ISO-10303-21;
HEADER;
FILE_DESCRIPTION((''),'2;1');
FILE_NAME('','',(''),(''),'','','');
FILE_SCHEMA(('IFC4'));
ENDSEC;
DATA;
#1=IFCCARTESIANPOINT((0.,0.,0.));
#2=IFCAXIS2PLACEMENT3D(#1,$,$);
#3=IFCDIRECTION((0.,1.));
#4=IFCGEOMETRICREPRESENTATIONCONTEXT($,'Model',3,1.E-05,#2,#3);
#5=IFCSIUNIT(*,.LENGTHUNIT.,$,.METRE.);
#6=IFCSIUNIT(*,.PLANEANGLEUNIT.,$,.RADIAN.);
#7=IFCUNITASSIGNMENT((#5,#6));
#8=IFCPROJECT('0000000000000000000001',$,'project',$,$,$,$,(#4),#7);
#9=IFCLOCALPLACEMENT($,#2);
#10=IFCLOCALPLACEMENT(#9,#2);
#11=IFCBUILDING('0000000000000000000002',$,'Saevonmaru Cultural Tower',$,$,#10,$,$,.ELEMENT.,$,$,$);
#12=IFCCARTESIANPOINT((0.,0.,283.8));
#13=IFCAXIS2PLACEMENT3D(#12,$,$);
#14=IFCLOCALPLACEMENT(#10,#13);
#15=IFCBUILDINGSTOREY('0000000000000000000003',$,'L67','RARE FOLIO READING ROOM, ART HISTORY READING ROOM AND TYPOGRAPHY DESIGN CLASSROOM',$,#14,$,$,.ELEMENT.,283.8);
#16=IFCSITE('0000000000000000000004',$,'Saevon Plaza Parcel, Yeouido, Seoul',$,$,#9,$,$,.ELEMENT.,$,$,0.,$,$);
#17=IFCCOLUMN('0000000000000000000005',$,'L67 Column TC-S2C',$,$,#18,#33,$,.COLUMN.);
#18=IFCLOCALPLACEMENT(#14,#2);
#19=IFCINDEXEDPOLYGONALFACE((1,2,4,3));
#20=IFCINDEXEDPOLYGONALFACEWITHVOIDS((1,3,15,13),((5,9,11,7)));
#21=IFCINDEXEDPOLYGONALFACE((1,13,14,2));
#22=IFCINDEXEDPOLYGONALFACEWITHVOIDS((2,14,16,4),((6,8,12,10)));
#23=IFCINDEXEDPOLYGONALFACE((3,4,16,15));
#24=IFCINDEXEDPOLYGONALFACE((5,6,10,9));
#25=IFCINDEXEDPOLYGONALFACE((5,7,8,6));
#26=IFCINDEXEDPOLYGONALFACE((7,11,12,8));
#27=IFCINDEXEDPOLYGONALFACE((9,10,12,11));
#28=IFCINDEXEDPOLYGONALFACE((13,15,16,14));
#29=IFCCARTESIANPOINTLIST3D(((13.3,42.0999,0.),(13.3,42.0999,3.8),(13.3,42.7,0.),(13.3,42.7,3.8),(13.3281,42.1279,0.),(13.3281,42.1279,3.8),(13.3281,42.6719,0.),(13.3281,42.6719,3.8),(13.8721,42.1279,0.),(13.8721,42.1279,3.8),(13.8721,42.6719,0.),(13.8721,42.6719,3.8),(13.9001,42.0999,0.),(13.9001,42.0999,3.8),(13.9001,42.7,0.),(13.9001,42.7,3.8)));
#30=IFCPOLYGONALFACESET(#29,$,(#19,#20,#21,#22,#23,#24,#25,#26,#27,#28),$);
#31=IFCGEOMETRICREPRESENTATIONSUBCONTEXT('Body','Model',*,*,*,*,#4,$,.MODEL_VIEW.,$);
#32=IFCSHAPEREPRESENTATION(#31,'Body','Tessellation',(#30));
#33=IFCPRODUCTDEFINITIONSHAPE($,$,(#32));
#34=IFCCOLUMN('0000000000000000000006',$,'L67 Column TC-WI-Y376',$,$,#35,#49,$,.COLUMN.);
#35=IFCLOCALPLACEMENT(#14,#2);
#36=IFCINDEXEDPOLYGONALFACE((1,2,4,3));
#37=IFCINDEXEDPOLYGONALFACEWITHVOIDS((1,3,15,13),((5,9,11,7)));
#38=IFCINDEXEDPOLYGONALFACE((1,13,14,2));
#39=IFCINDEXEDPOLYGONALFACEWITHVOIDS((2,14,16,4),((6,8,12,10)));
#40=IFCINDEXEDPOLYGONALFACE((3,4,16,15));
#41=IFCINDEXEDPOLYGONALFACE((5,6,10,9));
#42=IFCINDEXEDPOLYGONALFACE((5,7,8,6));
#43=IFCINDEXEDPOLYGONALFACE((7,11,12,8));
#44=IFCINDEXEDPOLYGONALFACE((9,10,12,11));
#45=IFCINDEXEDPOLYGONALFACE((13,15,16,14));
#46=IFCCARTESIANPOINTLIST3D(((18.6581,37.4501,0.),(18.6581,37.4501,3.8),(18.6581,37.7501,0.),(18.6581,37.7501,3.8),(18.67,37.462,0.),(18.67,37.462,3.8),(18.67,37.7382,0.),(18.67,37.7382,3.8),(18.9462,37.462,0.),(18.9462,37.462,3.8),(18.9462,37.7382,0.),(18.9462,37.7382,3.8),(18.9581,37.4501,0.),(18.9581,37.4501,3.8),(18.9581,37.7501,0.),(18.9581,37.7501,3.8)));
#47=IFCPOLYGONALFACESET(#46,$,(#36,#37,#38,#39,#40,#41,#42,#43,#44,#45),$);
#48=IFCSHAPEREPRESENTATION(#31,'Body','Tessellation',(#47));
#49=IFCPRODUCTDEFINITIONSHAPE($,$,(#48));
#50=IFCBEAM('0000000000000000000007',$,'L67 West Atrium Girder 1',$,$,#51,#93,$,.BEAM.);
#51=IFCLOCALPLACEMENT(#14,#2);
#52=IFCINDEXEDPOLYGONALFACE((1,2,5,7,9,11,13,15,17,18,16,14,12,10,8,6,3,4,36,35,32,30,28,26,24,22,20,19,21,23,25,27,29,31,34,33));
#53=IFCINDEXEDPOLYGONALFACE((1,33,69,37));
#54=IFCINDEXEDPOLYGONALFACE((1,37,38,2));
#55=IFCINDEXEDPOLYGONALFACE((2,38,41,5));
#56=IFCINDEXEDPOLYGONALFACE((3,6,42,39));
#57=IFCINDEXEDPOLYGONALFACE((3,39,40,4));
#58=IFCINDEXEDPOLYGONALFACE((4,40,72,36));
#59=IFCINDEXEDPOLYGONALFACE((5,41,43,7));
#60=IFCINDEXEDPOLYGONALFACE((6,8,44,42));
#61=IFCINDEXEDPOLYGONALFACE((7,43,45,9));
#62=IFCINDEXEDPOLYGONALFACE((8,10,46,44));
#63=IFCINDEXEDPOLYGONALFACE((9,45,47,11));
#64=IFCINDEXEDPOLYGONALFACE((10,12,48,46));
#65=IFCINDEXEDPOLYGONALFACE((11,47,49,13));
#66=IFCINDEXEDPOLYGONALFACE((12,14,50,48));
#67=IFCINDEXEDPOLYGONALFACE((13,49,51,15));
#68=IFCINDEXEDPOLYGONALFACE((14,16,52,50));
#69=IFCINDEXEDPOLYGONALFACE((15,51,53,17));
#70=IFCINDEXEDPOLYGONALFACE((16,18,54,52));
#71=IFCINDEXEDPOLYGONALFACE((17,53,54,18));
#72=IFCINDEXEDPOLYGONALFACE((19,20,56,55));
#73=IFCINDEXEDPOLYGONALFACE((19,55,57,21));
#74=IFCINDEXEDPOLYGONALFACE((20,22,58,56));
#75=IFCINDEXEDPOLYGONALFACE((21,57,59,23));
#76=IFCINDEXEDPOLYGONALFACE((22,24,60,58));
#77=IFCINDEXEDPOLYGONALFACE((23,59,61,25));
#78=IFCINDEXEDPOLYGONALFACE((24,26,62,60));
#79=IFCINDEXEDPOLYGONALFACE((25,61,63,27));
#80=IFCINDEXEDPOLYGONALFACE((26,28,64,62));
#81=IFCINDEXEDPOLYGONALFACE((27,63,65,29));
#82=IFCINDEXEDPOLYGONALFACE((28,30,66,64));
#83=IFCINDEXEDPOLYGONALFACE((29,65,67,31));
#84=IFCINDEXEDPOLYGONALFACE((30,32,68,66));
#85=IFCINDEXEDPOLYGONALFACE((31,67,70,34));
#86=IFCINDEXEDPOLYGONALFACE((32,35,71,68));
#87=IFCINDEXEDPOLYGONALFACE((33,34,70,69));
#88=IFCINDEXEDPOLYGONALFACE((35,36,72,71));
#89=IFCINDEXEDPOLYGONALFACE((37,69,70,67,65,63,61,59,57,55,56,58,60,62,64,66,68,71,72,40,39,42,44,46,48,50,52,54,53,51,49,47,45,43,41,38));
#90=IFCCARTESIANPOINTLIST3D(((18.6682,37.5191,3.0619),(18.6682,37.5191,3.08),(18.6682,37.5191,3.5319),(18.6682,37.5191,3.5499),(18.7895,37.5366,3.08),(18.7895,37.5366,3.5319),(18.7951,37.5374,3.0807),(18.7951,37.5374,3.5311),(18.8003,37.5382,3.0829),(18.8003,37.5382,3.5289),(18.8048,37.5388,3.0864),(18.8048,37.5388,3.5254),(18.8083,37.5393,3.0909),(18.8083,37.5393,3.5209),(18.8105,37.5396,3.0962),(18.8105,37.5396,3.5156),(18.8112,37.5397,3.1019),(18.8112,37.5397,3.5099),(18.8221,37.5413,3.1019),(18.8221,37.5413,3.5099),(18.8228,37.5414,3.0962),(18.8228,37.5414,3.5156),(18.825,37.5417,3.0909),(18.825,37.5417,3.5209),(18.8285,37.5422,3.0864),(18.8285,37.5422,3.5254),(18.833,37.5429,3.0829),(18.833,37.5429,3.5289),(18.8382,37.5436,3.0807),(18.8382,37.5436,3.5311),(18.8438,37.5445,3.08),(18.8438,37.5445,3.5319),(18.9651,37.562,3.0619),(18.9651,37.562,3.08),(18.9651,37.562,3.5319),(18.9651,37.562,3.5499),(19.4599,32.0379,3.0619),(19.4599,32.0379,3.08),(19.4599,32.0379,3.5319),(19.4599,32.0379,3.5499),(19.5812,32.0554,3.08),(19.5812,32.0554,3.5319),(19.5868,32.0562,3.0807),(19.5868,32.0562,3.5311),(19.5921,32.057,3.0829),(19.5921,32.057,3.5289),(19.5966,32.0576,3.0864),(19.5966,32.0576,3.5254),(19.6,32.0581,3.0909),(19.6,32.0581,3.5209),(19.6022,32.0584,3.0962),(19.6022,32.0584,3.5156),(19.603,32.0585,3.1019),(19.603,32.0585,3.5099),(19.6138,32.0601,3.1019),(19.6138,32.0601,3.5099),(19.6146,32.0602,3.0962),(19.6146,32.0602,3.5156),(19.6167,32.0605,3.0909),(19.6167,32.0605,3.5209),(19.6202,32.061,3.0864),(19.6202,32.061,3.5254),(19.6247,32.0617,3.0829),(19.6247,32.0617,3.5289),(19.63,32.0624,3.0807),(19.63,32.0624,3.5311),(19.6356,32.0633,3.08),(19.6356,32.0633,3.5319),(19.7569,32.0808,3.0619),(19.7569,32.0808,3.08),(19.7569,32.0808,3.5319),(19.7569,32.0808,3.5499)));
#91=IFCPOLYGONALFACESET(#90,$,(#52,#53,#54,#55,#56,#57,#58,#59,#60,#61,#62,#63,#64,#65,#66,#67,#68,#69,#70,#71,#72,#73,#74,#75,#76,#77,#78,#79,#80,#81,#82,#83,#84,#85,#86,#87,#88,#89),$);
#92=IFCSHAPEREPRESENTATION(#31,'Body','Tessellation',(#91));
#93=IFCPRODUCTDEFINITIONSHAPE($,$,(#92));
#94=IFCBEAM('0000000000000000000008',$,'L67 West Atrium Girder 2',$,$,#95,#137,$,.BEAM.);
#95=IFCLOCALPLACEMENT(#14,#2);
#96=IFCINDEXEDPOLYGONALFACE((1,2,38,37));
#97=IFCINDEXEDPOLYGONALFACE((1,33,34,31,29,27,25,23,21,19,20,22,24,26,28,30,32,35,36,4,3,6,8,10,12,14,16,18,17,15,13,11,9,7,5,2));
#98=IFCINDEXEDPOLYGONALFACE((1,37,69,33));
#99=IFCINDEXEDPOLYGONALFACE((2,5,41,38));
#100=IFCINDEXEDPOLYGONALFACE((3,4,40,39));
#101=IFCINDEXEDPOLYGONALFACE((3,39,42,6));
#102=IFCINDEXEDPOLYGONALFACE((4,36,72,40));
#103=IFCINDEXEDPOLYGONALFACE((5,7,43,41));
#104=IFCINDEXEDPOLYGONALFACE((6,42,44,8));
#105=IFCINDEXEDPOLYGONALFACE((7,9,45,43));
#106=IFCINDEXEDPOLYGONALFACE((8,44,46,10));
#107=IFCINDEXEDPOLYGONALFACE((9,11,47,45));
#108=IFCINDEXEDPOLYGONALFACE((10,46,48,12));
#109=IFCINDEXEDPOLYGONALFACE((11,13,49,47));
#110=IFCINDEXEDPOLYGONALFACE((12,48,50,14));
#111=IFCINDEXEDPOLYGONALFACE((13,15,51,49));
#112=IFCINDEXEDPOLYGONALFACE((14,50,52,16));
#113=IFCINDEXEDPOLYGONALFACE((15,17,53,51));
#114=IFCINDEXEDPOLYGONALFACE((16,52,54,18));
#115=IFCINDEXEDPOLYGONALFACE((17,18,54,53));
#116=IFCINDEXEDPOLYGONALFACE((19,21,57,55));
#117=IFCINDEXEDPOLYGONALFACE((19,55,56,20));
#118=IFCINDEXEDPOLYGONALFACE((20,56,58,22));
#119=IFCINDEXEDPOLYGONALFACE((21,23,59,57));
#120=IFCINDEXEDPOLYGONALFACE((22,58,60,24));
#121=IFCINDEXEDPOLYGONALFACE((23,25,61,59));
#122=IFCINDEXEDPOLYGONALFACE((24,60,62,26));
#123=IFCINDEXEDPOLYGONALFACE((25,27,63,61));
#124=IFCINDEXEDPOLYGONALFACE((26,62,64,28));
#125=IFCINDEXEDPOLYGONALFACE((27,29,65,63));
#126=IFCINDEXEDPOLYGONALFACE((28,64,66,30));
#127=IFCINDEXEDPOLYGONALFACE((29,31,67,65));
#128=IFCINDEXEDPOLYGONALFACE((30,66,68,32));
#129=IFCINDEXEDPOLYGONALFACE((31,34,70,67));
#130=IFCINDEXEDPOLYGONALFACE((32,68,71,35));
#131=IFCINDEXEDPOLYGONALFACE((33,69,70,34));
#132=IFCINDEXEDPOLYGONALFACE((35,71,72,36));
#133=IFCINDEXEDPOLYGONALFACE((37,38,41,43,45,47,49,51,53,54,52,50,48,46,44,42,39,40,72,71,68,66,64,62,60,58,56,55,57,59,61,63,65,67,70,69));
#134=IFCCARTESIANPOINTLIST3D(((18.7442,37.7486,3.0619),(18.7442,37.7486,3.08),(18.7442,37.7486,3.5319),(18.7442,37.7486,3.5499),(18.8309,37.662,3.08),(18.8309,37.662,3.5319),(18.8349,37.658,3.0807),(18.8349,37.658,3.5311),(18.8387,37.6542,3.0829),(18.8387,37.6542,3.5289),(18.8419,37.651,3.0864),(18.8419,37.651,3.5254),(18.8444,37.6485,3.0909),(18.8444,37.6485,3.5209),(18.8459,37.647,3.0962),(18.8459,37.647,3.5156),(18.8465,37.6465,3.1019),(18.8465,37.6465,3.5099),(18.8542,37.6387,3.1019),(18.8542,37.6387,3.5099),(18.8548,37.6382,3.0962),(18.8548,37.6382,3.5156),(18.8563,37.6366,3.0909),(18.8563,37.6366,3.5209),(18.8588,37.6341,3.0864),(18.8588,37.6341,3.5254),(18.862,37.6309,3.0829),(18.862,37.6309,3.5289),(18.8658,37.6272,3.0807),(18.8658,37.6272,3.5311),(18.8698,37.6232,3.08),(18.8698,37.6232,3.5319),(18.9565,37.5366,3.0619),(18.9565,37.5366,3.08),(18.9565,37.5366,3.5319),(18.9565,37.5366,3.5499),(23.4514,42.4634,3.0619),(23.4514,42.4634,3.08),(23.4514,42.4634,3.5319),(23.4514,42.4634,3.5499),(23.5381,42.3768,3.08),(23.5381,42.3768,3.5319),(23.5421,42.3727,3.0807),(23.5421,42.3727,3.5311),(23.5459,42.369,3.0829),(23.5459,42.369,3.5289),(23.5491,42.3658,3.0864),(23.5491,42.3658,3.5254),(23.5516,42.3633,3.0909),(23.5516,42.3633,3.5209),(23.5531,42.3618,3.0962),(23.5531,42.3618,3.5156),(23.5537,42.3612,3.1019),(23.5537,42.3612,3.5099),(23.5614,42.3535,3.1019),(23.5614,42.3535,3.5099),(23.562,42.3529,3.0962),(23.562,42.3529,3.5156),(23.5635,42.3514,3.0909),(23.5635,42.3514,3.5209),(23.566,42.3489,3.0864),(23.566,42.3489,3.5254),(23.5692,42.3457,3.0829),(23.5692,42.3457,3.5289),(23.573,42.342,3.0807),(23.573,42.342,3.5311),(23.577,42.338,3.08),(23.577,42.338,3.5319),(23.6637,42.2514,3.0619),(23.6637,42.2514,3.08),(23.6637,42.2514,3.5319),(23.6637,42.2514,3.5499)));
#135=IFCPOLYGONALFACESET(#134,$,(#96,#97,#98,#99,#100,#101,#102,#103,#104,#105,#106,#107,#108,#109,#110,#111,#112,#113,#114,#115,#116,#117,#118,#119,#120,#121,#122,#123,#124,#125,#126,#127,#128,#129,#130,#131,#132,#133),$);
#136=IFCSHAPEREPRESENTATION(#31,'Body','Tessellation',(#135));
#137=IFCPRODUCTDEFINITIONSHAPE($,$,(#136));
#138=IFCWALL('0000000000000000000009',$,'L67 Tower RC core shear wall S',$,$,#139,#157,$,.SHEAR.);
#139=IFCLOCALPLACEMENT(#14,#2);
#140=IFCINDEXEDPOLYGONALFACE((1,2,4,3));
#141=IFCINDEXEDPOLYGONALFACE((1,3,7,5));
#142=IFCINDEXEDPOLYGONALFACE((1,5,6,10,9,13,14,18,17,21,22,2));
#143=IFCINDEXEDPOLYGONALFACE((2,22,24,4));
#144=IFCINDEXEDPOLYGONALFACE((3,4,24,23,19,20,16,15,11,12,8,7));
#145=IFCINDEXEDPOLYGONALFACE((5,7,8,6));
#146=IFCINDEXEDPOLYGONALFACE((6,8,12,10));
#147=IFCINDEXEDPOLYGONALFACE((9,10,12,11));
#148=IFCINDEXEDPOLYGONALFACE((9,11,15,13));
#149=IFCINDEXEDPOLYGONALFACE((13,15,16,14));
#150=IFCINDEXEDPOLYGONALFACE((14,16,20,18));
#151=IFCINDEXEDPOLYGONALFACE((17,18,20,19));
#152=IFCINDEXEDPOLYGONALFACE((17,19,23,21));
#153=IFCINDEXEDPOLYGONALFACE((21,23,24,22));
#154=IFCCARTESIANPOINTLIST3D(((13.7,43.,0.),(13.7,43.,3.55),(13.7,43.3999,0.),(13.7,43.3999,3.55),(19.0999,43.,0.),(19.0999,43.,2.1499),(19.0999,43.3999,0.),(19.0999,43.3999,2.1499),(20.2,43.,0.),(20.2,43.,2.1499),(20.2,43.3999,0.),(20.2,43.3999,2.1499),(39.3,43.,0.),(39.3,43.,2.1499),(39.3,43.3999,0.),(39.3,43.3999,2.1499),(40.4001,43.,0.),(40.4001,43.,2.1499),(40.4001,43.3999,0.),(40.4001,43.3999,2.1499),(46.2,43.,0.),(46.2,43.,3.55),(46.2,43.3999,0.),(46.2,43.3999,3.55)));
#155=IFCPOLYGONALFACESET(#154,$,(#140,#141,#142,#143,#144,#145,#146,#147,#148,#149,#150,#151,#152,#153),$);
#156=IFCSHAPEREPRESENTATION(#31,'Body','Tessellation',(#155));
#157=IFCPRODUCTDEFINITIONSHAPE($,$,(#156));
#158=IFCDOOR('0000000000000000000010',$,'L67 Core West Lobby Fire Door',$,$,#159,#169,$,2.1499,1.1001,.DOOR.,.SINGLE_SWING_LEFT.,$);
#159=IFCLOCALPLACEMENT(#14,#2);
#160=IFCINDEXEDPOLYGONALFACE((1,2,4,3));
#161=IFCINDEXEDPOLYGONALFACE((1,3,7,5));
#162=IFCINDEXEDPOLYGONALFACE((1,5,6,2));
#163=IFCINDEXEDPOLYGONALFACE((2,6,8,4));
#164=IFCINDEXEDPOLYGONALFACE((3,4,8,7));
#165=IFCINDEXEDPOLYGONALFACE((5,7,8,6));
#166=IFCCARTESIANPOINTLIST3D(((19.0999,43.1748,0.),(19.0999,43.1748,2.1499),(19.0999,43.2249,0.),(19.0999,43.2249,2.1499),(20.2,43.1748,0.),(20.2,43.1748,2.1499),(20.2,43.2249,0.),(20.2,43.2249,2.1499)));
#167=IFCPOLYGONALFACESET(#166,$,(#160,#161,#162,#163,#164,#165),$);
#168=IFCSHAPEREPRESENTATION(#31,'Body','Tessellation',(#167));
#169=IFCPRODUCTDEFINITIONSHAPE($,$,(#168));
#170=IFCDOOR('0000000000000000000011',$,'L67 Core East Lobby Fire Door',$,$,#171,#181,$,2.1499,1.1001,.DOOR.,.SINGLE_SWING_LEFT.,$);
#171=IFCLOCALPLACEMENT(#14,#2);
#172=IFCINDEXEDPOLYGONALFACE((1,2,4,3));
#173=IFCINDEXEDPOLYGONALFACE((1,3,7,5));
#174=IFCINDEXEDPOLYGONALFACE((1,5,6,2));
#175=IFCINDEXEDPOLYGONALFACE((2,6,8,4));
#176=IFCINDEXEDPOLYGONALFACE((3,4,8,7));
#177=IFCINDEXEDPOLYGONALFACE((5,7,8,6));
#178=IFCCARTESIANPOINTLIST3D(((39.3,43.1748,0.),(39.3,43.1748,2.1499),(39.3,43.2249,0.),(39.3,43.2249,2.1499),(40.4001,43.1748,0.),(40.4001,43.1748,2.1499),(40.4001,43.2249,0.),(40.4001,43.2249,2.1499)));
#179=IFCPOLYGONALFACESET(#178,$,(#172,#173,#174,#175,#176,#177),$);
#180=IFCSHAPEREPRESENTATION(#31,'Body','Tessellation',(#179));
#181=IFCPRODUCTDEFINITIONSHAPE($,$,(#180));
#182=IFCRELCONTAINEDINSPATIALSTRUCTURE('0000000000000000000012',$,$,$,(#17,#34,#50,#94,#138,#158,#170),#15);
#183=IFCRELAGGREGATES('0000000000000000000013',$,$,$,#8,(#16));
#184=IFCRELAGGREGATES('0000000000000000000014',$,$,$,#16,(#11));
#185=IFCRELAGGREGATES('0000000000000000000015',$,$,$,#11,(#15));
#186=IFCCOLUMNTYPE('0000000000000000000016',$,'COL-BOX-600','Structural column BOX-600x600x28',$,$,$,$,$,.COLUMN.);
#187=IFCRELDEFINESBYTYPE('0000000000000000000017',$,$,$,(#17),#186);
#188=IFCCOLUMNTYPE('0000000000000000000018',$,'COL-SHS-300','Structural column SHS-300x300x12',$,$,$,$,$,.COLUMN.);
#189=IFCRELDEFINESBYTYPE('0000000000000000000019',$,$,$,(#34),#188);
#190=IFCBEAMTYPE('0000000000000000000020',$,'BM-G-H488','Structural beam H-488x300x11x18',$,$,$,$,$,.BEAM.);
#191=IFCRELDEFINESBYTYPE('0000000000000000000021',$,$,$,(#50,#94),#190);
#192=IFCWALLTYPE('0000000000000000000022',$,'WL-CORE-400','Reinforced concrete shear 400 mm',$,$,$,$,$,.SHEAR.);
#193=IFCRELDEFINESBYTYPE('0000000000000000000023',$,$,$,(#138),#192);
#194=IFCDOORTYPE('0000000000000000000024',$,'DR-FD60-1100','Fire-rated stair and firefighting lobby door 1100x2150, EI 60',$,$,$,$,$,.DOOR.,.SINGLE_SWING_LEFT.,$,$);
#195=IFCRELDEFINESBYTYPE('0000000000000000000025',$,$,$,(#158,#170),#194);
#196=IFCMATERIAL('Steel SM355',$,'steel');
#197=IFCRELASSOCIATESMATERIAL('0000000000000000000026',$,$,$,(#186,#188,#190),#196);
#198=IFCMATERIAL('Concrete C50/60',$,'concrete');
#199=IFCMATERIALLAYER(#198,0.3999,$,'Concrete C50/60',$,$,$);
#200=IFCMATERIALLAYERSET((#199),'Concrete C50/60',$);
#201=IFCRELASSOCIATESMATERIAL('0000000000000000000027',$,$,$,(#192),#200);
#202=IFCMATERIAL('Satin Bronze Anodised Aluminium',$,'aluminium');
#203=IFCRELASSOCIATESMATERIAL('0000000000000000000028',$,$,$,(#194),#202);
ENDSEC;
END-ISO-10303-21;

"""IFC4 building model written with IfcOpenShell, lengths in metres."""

from ifc_helpers import new_model, si_unit, direction, frame, frame_2d, origin, origin_2d, place, context, subcontext, project, spatial, rectangle, hollow_rectangle, i_section, extrude, material, layer, layer_set, material_profile, profile_set, type_object, element, fill, save


model = new_model("IFC4")

# Units and contexts
model_context = context("Model", 3, precision=1e-05, world=origin(), true_north=direction((0.0, 1.0)))
body_context = subcontext(model_context, "Body", "Model", "MODEL_VIEW")
ifc_project = project(units=[si_unit("LENGTHUNIT", "METRE"), si_unit("PLANEANGLEUNIT", "RADIAN")], contexts=[model_context])

# Site, building, storey
site_placement = place(None, origin())
site = spatial("IfcSite", under=ifc_project, at=site_placement, Name="Saevon Plaza Parcel, Yeouido, Seoul", CompositionType="ELEMENT", RefElevation=0.0)
building_placement = place(site_placement, origin())
building = spatial("IfcBuilding", under=site, at=building_placement, Name="Saevonmaru Cultural Tower", CompositionType="ELEMENT")
storey_placement = place(building_placement, frame((0.0, 0.0, 283.8)))
storey = spatial("IfcBuildingStorey", under=building, at=storey_placement, Name="L67", Description="RARE FOLIO READING ROOM, ART HISTORY READING ROOM AND TYPOGRAPHY DESIGN CLASSROOM", CompositionType="ELEMENT", Elevation=283.8)

# Columns
ifc_material_1 = material(Name="Steel SM355", Category="steel")
ifc_material_profile_1 = material_profile(ifc_material_1, hollow_rectangle(XDim=0.6001, YDim=0.6001, WallThickness=0.0281, at=origin_2d()), Name="BOX-600x600x28")
ifc_profile_set_1 = profile_set([ifc_material_profile_1], Name="Steel SM355")
column_type_1 = type_object("IfcColumnType", Name="COL-BOX-600", Description="Structural column BOX-600x600x28", PredefinedType="COLUMN", material=ifc_profile_set_1)
column_1_placement = place(storey_placement, frame((13.6001, 42.3999, 0.0), z_axis=(0.0, 0.0, 1.0), x_axis=(1.0, 0.0, 0.0)))
element("IfcColumn", 1, at=column_1_placement, inside=storey, type_object=column_type_1, Name="L67 Column TC-S2C", PredefinedType="COLUMN", context=body_context, shape_type="SweptSolid", body=[
    extrude(hollow_rectangle(XDim=0.6001, YDim=0.6001, WallThickness=0.0281, at=origin_2d()), origin(), (0.0, 0.0, 1.0), 3.8),
])
ifc_material_profile_2 = material_profile(ifc_material_1, hollow_rectangle(XDim=0.3, YDim=0.3, WallThickness=0.012, at=origin_2d()), Name="SHS-300x300x12")
ifc_profile_set_2 = profile_set([ifc_material_profile_2], Name="Steel SM355")
column_type_2 = type_object("IfcColumnType", Name="COL-SHS-300", Description="Structural column SHS-300x300x12", PredefinedType="COLUMN", material=ifc_profile_set_2)
column_2_placement = place(storey_placement, frame((18.8081, 37.6001, 0.0), z_axis=(0.0, 0.0, 1.0), x_axis=(1.0, 0.0, 0.0)))
element("IfcColumn", 2, at=column_2_placement, inside=storey, type_object=column_type_2, Name="L67 Column TC-WI-Y376", PredefinedType="COLUMN", context=body_context, shape_type="SweptSolid", body=[
    extrude(hollow_rectangle(XDim=0.3, YDim=0.3, WallThickness=0.012, at=origin_2d()), origin(), (0.0, 0.0, 1.0), 3.8),
])

# Beams
ifc_material_profile_3 = material_profile(ifc_material_1, i_section(OverallWidth=0.3, OverallDepth=0.488, WebThickness=0.011, FlangeThickness=0.0181, FilletRadius=0.022, at=origin_2d()), Name="H-488x300x11x18")
ifc_profile_set_3 = profile_set([ifc_material_profile_3], Name="Steel SM355")
beam_type = type_object("IfcBeamType", Name="BM-G-H488", Description="Structural beam H-488x300x11x18", PredefinedType="BEAM", material=ifc_profile_set_3)
beam_1_placement = place(storey_placement, frame((19.6084, 32.0593, 3.3059), z_axis=(-0.142964, 0.989728, 0.0), x_axis=(-0.989728, -0.142964, 0.0)))
element("IfcBeam", 3, at=beam_1_placement, inside=storey, type_object=beam_type, Name="L67 West Atrium Girder 1", PredefinedType="BEAM", context=body_context, shape_type="SweptSolid", body=[
    extrude(i_section(OverallWidth=0.3, OverallDepth=0.488, WebThickness=0.011, FlangeThickness=0.0181, FilletRadius=0.022, at=origin_2d()), origin(), (0.0, 0.0, 1.0), 5.5381),
])
beam_2_placement = place(storey_placement, frame((18.8503, 37.6426, 3.3059), z_axis=(0.706539, 0.707675, 0.0), x_axis=(-0.707675, 0.706539, 0.0)))
element("IfcBeam", 4, at=beam_2_placement, inside=storey, type_object=beam_type, Name="L67 West Atrium Girder 2", PredefinedType="BEAM", context=body_context, shape_type="SweptSolid", body=[
    extrude(i_section(OverallWidth=0.3, OverallDepth=0.488, WebThickness=0.011, FlangeThickness=0.0181, FilletRadius=0.022, at=origin_2d()), origin(), (0.0, 0.0, 1.0), 6.6624),
])

# Wall, openings, doors
ifc_material_2 = material(Name="Concrete C50/60", Category="concrete")
ifc_layer_1 = layer(ifc_material_2, 0.3999, Name="Concrete C50/60")
ifc_layer_set_1 = layer_set([ifc_layer_1], Name="Concrete C50/60")
wall_type_1 = type_object("IfcWallType", Name="WL-CORE-400", Description="Reinforced concrete shear 400 mm", PredefinedType="SHEAR", material=ifc_layer_set_1)
wall_1_placement = place(storey_placement, frame((13.7, 43.2, 0.0), z_axis=(0.0, 0.0, 1.0), x_axis=(1.0, 0.0, 0.0)))
wall_1 = element("IfcWall", 5, at=wall_1_placement, inside=storey, type_object=wall_type_1, Name="L67 Tower RC core shear wall S", PredefinedType="SHEAR", context=body_context, shape_type="SweptSolid", body=[
    extrude(rectangle(XDim=32.5, YDim=0.3999, at=frame_2d((16.25, 0.0))), origin(), (0.0, 0.0, 1.0), 3.55),
])
opening_1_placement = place(wall_1_placement, frame((5.3999, 0.0, 0.0)))
opening_1 = element("IfcOpeningElement", 6, at=opening_1_placement, cuts=wall_1, PredefinedType="OPENING", context=body_context, shape_type="SweptSolid", body=[
    extrude(rectangle(XDim=1.1001, YDim=2.1499, at=frame_2d((0.55, 1.075))), frame((0.0, 0.21, 0.0), z_axis=(0.0, -1.0, 0.0), x_axis=(1.0, 0.0, 0.0)), (0.0, 0.0, 1.0), 0.4199),
])
opening_2_placement = place(wall_1_placement, frame((25.6001, 0.0, 0.0)))
opening_2 = element("IfcOpeningElement", 7, at=opening_2_placement, cuts=wall_1, PredefinedType="OPENING", context=body_context, shape_type="SweptSolid", body=[
    extrude(rectangle(XDim=1.1001, YDim=2.1499, at=frame_2d((0.55, 1.075))), frame((0.0, 0.21, 0.0), z_axis=(0.0, -1.0, 0.0), x_axis=(1.0, 0.0, 0.0)), (0.0, 0.0, 1.0), 0.4199),
])
ifc_material_3 = material(Name="Satin Bronze Anodised Aluminium", Category="aluminium")
door_type_1 = type_object("IfcDoorType", Name="DR-FD60-1100", Description="Fire-rated stair and firefighting lobby door 1100x2150, EI 60", OperationType="SINGLE_SWING_LEFT", PredefinedType="DOOR", material=ifc_material_3)
door_1_placement = place(opening_1_placement, origin())
door_1 = element("IfcDoor", 8, at=door_1_placement, inside=storey, type_object=door_type_1, Name="L67 Core West Lobby Fire Door", OperationType="SINGLE_SWING_LEFT", OverallHeight=2.1499, OverallWidth=1.1001, PredefinedType="DOOR", context=body_context, shape_type="SweptSolid", body=[
    extrude(rectangle(XDim=1.1001, YDim=2.1499, at=frame_2d((0.55, 1.075))), frame((0.0, 0.0249, 0.0), z_axis=(0.0, -1.0, 0.0), x_axis=(1.0, 0.0, 0.0)), (0.0, 0.0, 1.0), 0.05),
])
fill(opening_1, door_1)
door_2_placement = place(opening_2_placement, origin())
door_2 = element("IfcDoor", 9, at=door_2_placement, inside=storey, type_object=door_type_1, Name="L67 Core East Lobby Fire Door", OperationType="SINGLE_SWING_LEFT", OverallHeight=2.1499, OverallWidth=1.1001, PredefinedType="DOOR", context=body_context, shape_type="SweptSolid", body=[
    extrude(rectangle(XDim=1.1001, YDim=2.1499, at=frame_2d((0.55, 1.075))), frame((0.0, 0.0249, 0.0), z_axis=(0.0, -1.0, 0.0), x_axis=(1.0, 0.0, 0.0)), (0.0, 0.0, 1.0), 0.05),
])
fill(opening_2, door_2)

save(model, "model.ifc")
